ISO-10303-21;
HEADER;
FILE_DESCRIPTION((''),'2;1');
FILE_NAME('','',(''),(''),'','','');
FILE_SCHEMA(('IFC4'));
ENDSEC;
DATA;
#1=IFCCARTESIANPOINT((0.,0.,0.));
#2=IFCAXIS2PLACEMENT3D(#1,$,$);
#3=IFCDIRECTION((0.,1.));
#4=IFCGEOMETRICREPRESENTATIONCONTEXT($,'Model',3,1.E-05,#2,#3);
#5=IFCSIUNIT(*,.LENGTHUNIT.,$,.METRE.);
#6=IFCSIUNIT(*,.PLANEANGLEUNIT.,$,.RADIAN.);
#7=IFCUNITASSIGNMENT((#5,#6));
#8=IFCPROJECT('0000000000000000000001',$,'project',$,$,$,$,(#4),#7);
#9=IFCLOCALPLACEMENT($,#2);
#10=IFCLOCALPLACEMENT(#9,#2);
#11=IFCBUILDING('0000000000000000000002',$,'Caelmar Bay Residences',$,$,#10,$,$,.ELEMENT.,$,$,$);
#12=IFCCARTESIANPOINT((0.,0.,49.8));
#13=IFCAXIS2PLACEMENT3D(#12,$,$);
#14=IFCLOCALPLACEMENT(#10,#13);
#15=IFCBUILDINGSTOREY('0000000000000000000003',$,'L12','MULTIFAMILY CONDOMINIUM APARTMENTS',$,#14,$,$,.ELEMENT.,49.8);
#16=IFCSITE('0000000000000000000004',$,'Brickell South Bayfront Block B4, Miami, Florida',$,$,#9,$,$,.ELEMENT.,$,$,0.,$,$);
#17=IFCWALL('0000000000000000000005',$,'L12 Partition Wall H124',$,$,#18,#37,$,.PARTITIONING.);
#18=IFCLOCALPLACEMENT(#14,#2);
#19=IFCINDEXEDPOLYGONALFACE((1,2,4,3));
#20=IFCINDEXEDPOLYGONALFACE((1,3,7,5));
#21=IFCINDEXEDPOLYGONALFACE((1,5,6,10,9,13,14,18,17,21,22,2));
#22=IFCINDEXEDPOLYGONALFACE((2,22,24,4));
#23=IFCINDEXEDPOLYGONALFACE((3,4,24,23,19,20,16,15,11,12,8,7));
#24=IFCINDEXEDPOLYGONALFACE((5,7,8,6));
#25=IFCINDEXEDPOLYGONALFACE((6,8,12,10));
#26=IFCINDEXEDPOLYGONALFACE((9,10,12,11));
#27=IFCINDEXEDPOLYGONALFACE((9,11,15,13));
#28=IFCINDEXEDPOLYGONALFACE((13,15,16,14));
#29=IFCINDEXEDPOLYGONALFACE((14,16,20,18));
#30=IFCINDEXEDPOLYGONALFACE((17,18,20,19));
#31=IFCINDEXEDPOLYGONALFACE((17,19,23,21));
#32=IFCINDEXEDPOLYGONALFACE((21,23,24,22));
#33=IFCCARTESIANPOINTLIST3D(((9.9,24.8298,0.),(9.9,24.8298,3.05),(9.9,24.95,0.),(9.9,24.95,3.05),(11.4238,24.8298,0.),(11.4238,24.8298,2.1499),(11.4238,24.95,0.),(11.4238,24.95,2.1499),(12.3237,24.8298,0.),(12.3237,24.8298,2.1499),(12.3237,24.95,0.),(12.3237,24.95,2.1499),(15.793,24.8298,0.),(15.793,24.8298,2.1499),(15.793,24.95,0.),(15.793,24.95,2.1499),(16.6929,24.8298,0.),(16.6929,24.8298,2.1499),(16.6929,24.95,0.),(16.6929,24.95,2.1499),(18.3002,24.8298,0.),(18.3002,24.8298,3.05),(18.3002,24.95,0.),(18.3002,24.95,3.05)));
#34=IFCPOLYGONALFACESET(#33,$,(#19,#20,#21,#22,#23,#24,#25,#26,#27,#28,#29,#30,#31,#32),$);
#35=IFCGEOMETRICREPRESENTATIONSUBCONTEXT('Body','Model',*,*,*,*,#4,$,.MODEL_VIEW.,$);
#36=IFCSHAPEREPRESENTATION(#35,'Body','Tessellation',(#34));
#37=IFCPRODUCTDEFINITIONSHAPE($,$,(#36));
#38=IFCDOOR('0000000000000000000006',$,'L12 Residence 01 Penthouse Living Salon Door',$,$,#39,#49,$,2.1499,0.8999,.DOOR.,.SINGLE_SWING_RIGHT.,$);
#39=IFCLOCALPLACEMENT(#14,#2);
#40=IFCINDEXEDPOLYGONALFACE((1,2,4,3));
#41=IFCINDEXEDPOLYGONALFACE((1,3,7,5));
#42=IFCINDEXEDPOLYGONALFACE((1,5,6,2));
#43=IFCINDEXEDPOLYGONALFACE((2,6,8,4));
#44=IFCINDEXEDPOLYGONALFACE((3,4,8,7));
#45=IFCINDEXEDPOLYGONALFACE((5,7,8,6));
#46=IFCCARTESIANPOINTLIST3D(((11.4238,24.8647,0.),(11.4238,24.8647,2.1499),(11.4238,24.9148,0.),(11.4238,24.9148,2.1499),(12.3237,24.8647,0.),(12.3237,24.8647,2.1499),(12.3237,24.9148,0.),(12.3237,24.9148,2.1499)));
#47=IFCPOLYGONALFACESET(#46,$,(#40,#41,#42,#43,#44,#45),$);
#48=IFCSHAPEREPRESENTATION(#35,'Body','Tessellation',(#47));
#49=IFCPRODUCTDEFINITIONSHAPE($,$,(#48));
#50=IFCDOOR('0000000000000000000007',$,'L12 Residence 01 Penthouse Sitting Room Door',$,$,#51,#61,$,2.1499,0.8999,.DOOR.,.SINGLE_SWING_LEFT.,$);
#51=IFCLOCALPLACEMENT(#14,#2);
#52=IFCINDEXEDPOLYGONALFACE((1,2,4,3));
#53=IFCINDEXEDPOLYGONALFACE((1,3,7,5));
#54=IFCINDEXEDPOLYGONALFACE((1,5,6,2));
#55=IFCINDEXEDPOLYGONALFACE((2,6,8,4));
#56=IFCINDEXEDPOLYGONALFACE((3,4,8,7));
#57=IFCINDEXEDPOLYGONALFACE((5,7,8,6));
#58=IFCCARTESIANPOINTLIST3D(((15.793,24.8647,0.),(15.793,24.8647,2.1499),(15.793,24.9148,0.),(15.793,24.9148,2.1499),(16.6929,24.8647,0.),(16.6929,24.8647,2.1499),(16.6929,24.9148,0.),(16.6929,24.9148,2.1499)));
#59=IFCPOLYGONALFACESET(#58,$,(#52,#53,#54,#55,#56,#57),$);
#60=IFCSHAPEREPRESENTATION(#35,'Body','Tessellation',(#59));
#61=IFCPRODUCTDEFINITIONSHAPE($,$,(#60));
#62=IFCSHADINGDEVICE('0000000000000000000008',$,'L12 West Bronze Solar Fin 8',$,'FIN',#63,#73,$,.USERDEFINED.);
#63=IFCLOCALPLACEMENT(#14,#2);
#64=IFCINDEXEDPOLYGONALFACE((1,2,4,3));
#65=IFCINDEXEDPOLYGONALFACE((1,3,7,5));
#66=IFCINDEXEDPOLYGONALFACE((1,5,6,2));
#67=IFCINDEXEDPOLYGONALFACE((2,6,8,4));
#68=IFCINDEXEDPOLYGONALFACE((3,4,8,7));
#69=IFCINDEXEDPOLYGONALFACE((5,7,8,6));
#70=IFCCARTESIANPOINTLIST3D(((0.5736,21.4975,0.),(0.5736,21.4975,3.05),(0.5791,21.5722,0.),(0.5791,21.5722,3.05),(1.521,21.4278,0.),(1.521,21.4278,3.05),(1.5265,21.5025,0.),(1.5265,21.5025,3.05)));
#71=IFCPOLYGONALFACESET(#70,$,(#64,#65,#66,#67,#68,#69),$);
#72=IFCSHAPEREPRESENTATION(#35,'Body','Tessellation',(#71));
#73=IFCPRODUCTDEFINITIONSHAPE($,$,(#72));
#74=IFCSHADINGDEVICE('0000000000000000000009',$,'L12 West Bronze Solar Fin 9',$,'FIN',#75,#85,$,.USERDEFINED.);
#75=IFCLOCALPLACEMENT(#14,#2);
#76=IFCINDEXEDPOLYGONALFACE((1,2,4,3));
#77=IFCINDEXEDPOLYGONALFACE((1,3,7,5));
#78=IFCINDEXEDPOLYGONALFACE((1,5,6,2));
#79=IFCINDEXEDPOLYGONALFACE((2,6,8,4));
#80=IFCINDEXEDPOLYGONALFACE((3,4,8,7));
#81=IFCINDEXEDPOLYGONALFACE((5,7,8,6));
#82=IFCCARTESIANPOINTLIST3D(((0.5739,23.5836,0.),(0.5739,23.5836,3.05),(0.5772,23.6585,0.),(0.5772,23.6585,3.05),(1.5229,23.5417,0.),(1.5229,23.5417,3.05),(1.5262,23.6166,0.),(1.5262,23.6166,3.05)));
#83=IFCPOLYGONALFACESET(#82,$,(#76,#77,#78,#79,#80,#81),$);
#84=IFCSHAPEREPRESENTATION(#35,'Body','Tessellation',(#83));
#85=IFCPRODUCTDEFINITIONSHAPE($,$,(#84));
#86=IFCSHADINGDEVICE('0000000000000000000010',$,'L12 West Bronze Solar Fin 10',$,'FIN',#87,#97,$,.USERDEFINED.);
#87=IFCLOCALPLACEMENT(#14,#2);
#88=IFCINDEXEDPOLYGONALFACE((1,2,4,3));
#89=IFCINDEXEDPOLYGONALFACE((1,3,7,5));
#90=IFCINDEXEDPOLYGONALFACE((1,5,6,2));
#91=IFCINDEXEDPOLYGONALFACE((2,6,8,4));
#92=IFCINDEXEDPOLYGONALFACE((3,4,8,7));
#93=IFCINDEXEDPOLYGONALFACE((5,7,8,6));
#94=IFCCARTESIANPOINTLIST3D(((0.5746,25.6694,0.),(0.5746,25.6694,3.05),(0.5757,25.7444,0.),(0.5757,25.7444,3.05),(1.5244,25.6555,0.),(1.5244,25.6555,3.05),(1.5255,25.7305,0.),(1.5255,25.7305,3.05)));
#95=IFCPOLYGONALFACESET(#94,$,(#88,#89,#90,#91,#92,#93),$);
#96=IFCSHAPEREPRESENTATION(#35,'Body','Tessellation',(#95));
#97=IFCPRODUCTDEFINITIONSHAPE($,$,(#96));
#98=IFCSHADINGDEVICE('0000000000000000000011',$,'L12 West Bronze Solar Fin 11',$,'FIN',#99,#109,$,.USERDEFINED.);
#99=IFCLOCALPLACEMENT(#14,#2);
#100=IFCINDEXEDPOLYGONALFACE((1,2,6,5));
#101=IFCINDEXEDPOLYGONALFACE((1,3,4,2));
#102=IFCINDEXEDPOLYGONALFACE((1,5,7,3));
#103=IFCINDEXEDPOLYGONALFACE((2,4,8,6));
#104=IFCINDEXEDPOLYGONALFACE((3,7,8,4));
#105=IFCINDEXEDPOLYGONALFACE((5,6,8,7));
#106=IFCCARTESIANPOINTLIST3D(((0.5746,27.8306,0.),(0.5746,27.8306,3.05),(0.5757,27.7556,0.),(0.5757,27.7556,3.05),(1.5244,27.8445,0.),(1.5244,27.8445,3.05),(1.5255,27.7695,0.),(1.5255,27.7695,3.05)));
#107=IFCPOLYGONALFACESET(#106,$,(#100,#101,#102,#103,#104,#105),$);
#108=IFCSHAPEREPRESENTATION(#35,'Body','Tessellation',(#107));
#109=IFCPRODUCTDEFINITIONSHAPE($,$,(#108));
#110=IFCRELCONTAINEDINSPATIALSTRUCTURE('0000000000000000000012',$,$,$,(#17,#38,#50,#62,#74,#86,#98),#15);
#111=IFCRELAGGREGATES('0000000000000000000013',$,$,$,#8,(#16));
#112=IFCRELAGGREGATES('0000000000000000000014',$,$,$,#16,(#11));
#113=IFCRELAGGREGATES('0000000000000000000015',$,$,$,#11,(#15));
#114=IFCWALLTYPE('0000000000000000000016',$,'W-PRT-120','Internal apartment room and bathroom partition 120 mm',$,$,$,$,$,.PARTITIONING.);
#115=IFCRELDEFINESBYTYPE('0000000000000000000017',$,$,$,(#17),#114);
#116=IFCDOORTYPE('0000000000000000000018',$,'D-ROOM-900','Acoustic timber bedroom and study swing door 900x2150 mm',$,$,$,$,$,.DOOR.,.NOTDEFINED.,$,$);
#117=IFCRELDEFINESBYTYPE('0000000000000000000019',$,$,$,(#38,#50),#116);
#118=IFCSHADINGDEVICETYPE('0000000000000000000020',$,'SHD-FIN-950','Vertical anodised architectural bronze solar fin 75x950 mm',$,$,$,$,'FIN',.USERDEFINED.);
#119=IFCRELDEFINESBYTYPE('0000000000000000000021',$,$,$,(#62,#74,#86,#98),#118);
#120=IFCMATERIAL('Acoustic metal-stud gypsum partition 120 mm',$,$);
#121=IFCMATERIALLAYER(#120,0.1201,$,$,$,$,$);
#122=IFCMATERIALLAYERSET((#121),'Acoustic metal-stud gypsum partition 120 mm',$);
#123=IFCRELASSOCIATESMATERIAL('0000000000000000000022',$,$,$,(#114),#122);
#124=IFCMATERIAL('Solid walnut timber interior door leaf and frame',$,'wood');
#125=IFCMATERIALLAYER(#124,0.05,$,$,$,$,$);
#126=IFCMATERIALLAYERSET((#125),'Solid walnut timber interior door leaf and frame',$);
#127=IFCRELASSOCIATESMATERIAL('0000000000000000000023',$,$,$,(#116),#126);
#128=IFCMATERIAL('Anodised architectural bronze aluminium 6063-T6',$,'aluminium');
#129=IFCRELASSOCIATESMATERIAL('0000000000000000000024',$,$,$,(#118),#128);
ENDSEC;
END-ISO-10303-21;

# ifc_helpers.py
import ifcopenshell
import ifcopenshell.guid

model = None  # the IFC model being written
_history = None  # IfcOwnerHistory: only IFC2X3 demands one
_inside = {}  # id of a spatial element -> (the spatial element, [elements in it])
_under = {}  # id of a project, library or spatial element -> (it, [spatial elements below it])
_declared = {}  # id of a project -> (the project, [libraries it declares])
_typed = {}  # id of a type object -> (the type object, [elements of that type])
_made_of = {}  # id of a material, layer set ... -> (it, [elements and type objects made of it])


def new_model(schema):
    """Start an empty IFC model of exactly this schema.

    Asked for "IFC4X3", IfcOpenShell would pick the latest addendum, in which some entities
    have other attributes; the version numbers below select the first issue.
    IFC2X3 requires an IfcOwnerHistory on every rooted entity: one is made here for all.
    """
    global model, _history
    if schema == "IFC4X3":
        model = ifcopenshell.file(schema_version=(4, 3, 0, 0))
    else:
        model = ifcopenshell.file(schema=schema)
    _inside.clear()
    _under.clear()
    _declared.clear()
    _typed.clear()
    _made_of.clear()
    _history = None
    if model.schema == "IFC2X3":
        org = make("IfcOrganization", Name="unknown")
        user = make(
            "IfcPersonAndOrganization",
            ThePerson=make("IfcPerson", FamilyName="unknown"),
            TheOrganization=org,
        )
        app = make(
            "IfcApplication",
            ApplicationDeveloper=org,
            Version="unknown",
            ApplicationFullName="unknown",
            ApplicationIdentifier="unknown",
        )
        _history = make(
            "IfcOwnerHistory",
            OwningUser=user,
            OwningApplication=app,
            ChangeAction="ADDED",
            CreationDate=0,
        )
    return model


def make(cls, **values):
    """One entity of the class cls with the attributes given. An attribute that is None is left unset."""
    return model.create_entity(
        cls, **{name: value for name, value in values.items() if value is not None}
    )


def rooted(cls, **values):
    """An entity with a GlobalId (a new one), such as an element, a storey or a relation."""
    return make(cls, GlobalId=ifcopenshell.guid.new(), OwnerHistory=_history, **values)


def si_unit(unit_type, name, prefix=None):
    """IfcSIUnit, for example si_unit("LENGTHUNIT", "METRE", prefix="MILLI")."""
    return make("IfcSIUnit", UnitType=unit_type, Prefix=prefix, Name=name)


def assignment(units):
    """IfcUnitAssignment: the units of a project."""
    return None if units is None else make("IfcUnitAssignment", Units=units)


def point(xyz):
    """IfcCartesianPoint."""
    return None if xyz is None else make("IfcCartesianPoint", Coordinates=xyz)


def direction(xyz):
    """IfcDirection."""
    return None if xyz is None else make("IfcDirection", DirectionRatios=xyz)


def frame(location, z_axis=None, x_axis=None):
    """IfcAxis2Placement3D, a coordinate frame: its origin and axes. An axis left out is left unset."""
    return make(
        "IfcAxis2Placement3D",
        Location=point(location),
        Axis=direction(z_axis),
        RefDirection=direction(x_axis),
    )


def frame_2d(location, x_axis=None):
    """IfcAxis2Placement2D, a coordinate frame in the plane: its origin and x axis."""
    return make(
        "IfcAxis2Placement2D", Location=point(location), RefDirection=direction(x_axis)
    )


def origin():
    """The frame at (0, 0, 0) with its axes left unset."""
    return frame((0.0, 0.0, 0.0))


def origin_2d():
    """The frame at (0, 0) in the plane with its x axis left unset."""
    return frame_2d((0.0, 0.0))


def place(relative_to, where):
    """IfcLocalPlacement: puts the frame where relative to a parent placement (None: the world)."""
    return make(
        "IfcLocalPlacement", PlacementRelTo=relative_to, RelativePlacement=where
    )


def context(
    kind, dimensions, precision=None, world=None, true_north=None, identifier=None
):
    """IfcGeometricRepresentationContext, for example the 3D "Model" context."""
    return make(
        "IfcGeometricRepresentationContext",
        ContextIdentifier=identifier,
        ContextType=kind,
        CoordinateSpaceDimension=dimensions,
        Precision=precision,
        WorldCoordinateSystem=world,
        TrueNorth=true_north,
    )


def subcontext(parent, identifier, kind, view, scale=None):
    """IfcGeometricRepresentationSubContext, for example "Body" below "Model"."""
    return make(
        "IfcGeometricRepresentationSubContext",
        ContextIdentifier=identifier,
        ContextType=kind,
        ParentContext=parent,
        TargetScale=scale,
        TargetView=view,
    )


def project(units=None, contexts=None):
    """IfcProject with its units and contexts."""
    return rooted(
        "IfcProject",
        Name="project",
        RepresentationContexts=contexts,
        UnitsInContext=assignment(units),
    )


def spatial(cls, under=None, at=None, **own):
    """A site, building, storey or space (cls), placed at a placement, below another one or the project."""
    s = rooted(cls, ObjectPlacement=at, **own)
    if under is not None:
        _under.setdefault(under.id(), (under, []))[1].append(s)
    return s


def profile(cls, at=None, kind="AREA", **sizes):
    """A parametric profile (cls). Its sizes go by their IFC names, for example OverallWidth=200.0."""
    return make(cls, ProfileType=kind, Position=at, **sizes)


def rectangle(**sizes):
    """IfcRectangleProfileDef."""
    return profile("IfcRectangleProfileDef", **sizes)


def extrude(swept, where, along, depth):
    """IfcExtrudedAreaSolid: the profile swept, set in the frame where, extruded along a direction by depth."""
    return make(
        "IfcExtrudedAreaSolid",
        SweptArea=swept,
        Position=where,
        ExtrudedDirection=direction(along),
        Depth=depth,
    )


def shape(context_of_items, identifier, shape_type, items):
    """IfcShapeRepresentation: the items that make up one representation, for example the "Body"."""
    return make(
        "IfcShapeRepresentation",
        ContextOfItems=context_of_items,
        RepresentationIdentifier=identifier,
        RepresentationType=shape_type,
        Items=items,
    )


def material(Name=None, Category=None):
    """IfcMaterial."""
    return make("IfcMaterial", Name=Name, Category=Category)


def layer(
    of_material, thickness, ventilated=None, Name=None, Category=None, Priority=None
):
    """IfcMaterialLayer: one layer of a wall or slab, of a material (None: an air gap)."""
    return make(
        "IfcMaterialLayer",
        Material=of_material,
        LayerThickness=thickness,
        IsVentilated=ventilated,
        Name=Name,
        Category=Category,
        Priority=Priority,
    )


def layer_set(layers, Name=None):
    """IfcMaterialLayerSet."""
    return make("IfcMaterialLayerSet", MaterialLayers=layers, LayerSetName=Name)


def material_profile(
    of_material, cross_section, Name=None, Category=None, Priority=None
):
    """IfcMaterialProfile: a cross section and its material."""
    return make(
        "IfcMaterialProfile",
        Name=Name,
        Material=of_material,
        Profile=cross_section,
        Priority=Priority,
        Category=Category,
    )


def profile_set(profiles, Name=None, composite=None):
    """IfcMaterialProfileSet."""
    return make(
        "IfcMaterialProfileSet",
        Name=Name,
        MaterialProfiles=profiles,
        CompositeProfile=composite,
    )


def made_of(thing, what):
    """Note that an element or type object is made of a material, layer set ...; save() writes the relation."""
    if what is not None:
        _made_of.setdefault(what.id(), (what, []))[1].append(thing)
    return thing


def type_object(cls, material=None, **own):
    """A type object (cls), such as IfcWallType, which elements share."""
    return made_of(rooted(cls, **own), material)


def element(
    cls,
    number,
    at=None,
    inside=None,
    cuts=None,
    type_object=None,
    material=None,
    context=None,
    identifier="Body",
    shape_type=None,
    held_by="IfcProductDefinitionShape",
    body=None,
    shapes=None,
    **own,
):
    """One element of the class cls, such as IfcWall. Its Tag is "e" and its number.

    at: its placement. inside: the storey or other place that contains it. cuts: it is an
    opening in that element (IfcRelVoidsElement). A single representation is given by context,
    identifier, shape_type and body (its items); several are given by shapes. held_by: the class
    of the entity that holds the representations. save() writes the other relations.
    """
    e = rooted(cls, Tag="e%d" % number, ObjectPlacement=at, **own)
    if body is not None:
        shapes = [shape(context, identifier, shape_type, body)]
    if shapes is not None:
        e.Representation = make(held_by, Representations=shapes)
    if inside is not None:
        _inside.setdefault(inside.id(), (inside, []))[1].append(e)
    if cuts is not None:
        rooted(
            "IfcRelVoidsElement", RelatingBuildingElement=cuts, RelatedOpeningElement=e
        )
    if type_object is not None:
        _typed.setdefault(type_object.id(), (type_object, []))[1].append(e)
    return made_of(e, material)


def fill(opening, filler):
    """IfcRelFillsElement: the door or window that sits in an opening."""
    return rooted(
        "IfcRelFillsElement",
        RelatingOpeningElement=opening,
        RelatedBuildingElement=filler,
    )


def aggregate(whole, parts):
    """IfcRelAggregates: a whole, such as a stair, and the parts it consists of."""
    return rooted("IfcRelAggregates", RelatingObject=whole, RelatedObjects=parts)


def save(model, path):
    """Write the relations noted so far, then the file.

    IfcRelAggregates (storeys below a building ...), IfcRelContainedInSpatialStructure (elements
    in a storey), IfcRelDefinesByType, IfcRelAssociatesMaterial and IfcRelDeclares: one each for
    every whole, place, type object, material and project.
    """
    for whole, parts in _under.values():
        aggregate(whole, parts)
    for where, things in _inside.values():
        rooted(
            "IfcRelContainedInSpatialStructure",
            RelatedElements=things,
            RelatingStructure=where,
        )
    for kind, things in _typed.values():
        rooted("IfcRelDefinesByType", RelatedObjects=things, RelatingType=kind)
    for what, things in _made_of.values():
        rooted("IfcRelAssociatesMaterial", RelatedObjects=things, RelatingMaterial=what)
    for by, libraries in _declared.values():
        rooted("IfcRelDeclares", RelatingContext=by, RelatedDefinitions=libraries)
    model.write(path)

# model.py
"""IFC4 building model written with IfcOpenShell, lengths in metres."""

from ifc_helpers import new_model, si_unit, direction, frame, frame_2d, origin, origin_2d, place, context, subcontext, project, spatial, rectangle, extrude, material, layer, layer_set, material_profile, profile_set, type_object, element, fill, save


model = new_model("IFC4")

# Units and contexts
model_context = context("Model", 3, precision=1e-05, world=origin(), true_north=direction((0.0, 1.0)))
body_context = subcontext(model_context, "Body", "Model", "MODEL_VIEW")
ifc_project = project(units=[si_unit("LENGTHUNIT", "METRE"), si_unit("PLANEANGLEUNIT", "RADIAN")], contexts=[model_context])

# Site, building, storey
site_placement = place(None, origin())
site = spatial("IfcSite", under=ifc_project, at=site_placement, Name="Brickell South Bayfront Block B4, Miami, Florida", CompositionType="ELEMENT", RefElevation=0.0)
building_placement = place(site_placement, origin())
building = spatial("IfcBuilding", under=site, at=building_placement, Name="Caelmar Bay Residences", CompositionType="ELEMENT")
storey_placement = place(building_placement, frame((0.0, 0.0, 49.8)))
storey = spatial("IfcBuildingStorey", under=building, at=storey_placement, Name="L12", Description="MULTIFAMILY CONDOMINIUM APARTMENTS", CompositionType="ELEMENT", Elevation=49.8)

# Shared definitions
ifc_material_1 = material(Name="Acoustic metal-stud gypsum partition 120 mm")
ifc_layer_1 = layer(ifc_material_1, 0.1201)
ifc_layer_set_1 = layer_set([ifc_layer_1], Name="Acoustic metal-stud gypsum partition 120 mm")
wall_type_1 = type_object("IfcWallType", Name="W-PRT-120", Description="Internal apartment room and bathroom partition 120 mm", PredefinedType="PARTITIONING", material=ifc_layer_set_1)

# Shared definitions
ifc_material_2 = material(Name="Solid walnut timber interior door leaf and frame", Category="wood")
ifc_layer_2 = layer(ifc_material_2, 0.05)
ifc_layer_set_2 = layer_set([ifc_layer_2], Name="Solid walnut timber interior door leaf and frame")
door_type = type_object("IfcDoorType", Name="D-ROOM-900", Description="Acoustic timber bedroom and study swing door 900x2150 mm", OperationType="NOTDEFINED", PredefinedType="DOOR", material=ifc_layer_set_2)

# Wall, openings, doors
wall_1_placement = place(storey_placement, frame((9.8999, 24.8899, 0.0), z_axis=(0.0, 0.0, 1.0), x_axis=(1.0, 0.0, 0.0)))
wall_1 = element("IfcWall", 1, at=wall_1_placement, inside=storey, type_object=wall_type_1, Name="L12 Partition Wall H124", PredefinedType="PARTITIONING", context=body_context, shape_type="SweptSolid", body=[
    extrude(rectangle(XDim=8.4001, YDim=0.1201, at=frame_2d((4.2002, 0.0))), origin(), (0.0, 0.0, 1.0), 3.05),
])
opening_1_placement = place(wall_1_placement, frame((1.5239, 0.0, 0.0)))
opening_1 = element("IfcOpeningElement", 2, at=opening_1_placement, cuts=wall_1, PredefinedType="OPENING", context=body_context, shape_type="SweptSolid", body=[
    extrude(rectangle(XDim=0.8999, YDim=2.1499, at=frame_2d((0.45, 1.075))), frame((0.0, 0.0701, 0.0), z_axis=(0.0, -1.0, 0.0), x_axis=(1.0, 0.0, 0.0)), (0.0, 0.0, 1.0), 0.1401),
])
opening_2_placement = place(wall_1_placement, frame((5.8931, 0.0, 0.0)))
opening_2 = element("IfcOpeningElement", 3, at=opening_2_placement, cuts=wall_1, PredefinedType="OPENING", context=body_context, shape_type="SweptSolid", body=[
    extrude(rectangle(XDim=0.8999, YDim=2.1499, at=frame_2d((0.45, 1.075))), frame((0.0, 0.0701, 0.0), z_axis=(0.0, -1.0, 0.0), x_axis=(1.0, 0.0, 0.0)), (0.0, 0.0, 1.0), 0.1401),
])
door_1_placement = place(opening_1_placement, origin())
door_1 = element("IfcDoor", 4, at=door_1_placement, inside=storey, type_object=door_type, Name="L12 Residence 01 Penthouse Living Salon Door", OperationType="SINGLE_SWING_RIGHT", OverallHeight=2.1499, OverallWidth=0.8999, PredefinedType="DOOR", context=body_context, shape_type="SweptSolid", body=[
    extrude(rectangle(XDim=0.8999, YDim=2.1499, at=frame_2d((0.45, 1.075))), frame((0.0, 0.0249, 0.0), z_axis=(0.0, -1.0, 0.0), x_axis=(1.0, 0.0, 0.0)), (0.0, 0.0, 1.0), 0.05),
])
fill(opening_1, door_1)
door_2_placement = place(opening_2_placement, origin())
door_2 = element("IfcDoor", 5, at=door_2_placement, inside=storey, type_object=door_type, Name="L12 Residence 01 Penthouse Sitting Room Door", OperationType="SINGLE_SWING_LEFT", OverallHeight=2.1499, OverallWidth=0.8999, PredefinedType="DOOR", context=body_context, shape_type="SweptSolid", body=[
    extrude(rectangle(XDim=0.8999, YDim=2.1499, at=frame_2d((0.45, 1.075))), frame((0.0, 0.0249, 0.0), z_axis=(0.0, -1.0, 0.0), x_axis=(1.0, 0.0, 0.0)), (0.0, 0.0, 1.0), 0.05),
])
fill(opening_2, door_2)

# Shading devices
ifc_material_3 = material(Name="Anodised architectural bronze aluminium 6063-T6", Category="aluminium")
ifc_material_profile_1 = material_profile(ifc_material_3, rectangle(XDim=0.075, YDim=0.95, at=origin_2d()), Name="BRONZE-FIN-75X950")
ifc_profile_set_1 = profile_set([ifc_material_profile_1], Name="Anodised architectural bronze aluminium 6063-T6")
shading_device_type = type_object("IfcShadingDeviceType", Name="SHD-FIN-950", Description="Vertical anodised architectural bronze solar fin 75x950 mm", ElementType="FIN", PredefinedType="USERDEFINED", material=ifc_profile_set_1)
for number, where, z_axis, x_axis, name in (
    (6, (1.05, 21.5, 0.0), (0.0, 0.0, 1.0), (0.073412, 0.997302, 0.0), "L12 West Bronze Solar Fin 8"),
    (7, (1.05, 23.6001, 0.0), (0.0, 0.0, 1.0), (0.044142, 0.999025, 0.0), "L12 West Bronze Solar Fin 9"),
    (8, (1.05, 25.7, 0.0), (0.0, 0.0, 1.0), (0.01466, 0.999893, 0.0), "L12 West Bronze Solar Fin 10"),
    (9, (1.05, 27.8, 0.0), (0.0, 0.0, 1.0), (-0.01466, 0.999893, 0.0), "L12 West Bronze Solar Fin 11"),
):
    element("IfcShadingDevice", number, at=place(storey_placement, frame(where, z_axis=z_axis, x_axis=x_axis)), inside=storey, type_object=shading_device_type, Name=name, ObjectType="FIN", PredefinedType="USERDEFINED", context=body_context, shape_type="SweptSolid", body=[
        extrude(rectangle(XDim=0.075, YDim=0.95, at=origin_2d()), origin(), (0.0, 0.0, 1.0), 3.05),
    ])

save(model, "model.ifc")
